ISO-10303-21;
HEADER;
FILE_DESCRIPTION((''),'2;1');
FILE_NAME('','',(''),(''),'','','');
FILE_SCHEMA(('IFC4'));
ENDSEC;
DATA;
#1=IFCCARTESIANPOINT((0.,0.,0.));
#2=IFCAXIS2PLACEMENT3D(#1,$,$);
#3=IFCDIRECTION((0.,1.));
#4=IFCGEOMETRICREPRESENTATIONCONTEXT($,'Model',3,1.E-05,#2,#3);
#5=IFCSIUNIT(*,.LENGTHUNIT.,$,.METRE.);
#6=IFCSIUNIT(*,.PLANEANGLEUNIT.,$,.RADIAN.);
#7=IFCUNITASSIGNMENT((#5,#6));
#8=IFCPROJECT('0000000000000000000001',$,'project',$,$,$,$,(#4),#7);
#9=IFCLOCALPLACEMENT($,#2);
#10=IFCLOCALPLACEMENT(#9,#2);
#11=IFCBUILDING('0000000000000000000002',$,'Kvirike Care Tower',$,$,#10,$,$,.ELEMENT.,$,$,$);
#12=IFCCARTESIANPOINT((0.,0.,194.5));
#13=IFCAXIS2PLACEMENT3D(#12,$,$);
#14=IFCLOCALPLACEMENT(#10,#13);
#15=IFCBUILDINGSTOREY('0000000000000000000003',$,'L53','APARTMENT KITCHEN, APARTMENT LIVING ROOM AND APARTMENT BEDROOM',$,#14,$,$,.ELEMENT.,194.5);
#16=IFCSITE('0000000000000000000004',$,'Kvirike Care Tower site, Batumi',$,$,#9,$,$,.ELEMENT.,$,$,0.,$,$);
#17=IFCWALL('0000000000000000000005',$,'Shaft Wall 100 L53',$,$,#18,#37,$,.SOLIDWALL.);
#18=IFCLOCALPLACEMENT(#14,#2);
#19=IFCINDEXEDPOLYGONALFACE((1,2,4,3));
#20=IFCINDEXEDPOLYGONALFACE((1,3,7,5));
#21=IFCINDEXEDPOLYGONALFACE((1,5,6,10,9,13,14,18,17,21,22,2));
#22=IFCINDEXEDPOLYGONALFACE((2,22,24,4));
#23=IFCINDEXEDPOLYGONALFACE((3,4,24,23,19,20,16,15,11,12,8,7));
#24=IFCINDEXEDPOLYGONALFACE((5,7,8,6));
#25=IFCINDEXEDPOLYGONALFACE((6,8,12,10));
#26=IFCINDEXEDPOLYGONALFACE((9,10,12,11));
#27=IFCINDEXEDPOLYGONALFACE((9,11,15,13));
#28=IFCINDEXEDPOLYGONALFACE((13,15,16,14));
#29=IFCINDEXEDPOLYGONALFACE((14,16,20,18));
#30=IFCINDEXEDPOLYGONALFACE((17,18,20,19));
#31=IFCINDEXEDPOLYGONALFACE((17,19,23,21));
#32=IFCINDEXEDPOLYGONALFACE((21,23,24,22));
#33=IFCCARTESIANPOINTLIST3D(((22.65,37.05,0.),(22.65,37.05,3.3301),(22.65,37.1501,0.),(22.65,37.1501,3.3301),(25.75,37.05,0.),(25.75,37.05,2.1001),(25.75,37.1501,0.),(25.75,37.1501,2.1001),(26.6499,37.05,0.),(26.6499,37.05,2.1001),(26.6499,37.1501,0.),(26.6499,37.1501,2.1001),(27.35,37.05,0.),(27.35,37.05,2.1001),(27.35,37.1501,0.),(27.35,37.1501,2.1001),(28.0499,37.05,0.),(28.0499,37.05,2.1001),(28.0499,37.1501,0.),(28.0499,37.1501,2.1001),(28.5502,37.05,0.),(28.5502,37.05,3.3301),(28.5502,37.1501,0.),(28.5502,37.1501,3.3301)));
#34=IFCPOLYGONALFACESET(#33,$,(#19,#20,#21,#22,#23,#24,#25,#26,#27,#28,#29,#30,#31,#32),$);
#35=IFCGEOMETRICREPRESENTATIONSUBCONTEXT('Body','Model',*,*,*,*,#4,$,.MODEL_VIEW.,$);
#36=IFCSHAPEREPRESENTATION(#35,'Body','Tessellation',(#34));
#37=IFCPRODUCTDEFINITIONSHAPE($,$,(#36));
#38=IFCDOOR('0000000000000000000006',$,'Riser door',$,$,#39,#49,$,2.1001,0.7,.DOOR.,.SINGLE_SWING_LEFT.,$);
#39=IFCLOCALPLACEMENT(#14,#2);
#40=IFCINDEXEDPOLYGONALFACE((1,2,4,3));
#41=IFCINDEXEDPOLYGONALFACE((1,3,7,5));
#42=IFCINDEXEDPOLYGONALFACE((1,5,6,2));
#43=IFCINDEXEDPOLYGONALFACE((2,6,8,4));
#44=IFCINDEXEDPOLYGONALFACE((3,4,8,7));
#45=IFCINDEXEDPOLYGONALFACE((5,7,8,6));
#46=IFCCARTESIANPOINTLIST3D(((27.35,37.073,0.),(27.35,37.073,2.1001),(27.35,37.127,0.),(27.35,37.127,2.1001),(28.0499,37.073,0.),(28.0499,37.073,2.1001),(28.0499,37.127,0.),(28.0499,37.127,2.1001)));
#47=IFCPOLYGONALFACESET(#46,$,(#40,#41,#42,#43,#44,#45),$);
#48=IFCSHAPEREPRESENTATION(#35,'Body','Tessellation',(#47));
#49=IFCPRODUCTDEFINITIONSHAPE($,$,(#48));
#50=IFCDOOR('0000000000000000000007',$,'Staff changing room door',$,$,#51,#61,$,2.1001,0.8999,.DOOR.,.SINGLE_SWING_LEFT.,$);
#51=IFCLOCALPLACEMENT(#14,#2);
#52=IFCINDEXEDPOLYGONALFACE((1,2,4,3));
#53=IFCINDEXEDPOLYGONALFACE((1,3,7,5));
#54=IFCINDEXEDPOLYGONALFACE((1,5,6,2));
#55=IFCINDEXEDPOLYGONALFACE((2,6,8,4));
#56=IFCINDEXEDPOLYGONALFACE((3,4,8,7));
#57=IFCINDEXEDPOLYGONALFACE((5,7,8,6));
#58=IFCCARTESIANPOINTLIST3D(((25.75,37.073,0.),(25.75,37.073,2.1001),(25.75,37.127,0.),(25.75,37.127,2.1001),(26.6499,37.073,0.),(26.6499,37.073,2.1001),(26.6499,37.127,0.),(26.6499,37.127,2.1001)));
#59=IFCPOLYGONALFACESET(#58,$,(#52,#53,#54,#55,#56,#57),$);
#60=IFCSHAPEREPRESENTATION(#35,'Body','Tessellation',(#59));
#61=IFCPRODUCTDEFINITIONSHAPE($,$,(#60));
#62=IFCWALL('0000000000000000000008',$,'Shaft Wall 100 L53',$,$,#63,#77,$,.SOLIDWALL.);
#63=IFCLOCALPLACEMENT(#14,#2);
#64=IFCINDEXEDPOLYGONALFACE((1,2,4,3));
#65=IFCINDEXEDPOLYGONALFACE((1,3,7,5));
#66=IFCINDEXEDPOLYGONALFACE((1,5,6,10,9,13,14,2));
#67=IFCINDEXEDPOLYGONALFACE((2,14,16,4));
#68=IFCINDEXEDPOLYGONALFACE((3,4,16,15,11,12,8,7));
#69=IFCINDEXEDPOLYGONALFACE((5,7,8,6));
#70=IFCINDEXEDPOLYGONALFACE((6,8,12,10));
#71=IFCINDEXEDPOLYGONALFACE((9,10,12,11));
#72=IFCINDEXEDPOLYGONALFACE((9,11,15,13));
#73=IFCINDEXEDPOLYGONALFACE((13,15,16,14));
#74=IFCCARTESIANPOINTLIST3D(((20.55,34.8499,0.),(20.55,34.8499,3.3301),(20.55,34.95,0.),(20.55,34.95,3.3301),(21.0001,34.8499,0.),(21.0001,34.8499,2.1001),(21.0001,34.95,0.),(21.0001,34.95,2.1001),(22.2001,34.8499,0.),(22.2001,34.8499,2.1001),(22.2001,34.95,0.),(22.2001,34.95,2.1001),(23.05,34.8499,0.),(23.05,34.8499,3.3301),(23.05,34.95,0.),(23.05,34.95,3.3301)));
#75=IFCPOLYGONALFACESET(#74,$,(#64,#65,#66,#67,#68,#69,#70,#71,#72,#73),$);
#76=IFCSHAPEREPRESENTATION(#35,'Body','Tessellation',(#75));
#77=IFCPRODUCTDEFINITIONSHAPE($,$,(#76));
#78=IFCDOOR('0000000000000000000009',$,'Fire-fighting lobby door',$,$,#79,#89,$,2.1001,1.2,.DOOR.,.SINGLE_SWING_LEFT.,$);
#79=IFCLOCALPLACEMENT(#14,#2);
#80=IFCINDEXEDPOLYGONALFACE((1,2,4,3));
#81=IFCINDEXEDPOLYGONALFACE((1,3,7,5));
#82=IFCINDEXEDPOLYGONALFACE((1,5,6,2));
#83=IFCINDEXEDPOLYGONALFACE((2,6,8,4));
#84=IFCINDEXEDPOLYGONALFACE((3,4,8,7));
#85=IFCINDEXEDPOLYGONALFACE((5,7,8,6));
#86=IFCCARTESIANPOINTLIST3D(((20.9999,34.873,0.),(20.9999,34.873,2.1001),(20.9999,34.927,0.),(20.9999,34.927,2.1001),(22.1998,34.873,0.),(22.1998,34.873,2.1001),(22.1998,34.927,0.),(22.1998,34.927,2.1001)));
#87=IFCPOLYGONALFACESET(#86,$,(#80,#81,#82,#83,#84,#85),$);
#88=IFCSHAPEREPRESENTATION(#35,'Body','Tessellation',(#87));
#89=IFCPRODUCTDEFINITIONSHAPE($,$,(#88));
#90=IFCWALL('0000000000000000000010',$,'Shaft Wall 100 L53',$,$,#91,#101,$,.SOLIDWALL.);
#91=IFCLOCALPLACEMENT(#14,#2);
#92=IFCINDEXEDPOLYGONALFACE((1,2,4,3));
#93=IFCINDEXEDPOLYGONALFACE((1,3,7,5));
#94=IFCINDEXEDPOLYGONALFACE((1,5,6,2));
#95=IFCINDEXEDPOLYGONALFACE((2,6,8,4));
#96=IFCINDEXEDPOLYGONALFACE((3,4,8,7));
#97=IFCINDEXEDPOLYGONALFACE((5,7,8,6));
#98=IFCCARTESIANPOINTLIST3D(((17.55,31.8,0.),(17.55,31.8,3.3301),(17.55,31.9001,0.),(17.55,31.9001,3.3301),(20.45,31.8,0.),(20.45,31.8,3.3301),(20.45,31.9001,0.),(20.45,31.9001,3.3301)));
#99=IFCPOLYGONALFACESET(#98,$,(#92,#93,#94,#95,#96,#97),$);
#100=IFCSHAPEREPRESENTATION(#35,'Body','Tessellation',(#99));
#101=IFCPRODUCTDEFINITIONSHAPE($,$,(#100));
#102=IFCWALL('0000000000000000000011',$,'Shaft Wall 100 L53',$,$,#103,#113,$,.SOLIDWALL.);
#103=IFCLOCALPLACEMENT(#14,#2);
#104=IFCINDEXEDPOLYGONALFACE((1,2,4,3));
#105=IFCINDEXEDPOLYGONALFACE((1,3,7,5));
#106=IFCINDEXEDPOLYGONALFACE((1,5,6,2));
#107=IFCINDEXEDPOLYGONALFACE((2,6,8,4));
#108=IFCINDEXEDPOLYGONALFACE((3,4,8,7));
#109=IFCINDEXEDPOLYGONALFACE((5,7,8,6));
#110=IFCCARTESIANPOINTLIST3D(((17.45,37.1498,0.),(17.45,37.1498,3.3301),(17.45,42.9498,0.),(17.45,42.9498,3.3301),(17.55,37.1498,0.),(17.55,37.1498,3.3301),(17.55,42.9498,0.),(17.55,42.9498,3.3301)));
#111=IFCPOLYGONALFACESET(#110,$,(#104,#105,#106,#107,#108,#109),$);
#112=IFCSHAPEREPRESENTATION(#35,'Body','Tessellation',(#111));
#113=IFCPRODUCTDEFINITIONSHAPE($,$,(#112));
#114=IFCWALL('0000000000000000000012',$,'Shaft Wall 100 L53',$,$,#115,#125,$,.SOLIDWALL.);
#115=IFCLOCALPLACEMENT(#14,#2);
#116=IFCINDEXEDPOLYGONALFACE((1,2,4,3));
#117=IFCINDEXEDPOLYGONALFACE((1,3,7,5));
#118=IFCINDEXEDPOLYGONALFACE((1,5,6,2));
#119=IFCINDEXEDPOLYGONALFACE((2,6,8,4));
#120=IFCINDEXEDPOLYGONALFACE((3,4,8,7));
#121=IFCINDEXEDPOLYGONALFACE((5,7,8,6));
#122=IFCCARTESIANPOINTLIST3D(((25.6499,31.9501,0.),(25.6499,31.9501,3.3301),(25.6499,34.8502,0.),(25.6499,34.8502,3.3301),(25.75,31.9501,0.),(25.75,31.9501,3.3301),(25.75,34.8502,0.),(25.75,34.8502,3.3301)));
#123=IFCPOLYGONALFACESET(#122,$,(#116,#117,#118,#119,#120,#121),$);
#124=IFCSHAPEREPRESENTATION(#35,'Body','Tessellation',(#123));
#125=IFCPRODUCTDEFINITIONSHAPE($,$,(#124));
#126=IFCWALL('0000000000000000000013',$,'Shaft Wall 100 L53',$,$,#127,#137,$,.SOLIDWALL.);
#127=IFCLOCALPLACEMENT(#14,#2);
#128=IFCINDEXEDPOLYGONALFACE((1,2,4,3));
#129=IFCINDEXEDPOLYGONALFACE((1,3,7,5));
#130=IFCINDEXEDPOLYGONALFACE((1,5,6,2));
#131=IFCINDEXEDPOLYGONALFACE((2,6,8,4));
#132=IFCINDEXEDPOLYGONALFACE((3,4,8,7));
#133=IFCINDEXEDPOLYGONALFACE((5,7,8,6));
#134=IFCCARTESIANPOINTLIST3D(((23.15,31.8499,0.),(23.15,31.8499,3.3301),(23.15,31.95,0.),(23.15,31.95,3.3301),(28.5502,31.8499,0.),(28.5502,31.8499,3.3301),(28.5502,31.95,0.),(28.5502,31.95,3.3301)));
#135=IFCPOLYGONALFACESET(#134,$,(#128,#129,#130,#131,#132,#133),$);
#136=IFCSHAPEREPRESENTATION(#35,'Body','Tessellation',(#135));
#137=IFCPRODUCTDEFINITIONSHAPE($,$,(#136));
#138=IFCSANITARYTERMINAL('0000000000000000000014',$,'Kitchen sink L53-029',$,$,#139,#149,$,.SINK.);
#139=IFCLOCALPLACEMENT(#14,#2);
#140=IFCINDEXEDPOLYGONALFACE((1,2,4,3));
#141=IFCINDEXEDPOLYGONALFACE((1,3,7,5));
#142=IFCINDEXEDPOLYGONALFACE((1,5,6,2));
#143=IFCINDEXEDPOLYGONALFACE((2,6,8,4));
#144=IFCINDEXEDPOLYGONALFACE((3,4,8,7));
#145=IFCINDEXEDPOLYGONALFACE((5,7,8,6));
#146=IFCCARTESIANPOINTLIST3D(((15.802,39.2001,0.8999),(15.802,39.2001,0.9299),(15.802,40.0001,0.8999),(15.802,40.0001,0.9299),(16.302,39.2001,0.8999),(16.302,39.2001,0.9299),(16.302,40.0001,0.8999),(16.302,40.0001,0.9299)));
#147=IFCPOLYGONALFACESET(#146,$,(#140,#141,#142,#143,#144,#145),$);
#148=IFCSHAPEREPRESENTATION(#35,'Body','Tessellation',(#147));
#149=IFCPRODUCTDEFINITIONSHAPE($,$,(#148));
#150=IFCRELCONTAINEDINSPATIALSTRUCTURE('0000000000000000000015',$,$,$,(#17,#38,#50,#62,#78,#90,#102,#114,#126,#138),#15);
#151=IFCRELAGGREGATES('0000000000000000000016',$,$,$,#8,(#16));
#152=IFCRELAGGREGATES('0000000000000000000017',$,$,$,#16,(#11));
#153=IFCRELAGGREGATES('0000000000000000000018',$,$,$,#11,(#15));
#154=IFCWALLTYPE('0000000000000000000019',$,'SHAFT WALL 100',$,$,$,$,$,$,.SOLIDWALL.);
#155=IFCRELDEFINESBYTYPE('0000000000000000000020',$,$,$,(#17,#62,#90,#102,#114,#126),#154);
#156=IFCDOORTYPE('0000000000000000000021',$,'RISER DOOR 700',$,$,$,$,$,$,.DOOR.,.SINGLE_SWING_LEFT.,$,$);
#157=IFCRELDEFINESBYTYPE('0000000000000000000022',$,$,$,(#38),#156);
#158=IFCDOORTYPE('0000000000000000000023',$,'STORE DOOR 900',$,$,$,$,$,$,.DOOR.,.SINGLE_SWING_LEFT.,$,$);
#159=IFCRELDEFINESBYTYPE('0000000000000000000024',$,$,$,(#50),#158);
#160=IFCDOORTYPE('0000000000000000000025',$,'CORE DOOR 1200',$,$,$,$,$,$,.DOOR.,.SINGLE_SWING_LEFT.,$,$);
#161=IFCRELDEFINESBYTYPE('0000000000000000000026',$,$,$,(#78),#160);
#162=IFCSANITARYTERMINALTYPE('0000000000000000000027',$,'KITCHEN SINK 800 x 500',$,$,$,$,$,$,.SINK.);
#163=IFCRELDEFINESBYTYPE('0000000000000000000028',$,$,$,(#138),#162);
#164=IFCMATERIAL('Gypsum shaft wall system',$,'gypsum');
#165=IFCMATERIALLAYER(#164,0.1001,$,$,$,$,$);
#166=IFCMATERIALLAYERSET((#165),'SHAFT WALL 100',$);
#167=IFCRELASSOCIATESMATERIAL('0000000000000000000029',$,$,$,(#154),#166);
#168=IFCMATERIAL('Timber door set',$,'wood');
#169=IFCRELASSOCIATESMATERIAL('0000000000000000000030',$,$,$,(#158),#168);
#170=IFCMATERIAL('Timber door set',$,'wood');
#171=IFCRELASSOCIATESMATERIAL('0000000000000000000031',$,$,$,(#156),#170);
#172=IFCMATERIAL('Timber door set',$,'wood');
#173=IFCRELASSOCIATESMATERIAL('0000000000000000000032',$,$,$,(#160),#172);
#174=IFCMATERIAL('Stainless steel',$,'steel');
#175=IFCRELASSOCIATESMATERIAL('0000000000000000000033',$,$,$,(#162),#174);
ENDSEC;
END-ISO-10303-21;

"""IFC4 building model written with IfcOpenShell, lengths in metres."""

from ifc_helpers import new_model, si_unit, direction, frame, frame_2d, origin, origin_2d, place, context, subcontext, project, spatial, rectangle, extrude, material, layer, layer_set, type_object, element, fill, save


model = new_model("IFC4")

# Units and contexts
model_context = context("Model", 3, precision=1e-05, world=origin(), true_north=direction((0.0, 1.0)))
body_context = subcontext(model_context, "Body", "Model", "MODEL_VIEW")
ifc_project = project(units=[si_unit("LENGTHUNIT", "METRE"), si_unit("PLANEANGLEUNIT", "RADIAN")], contexts=[model_context])

# Site, building, storey
site_placement = place(None, origin())
site = spatial("IfcSite", under=ifc_project, at=site_placement, Name="Kvirike Care Tower site, Batumi", CompositionType="ELEMENT", RefElevation=0.0)
building_placement = place(site_placement, origin())
building = spatial("IfcBuilding", under=site, at=building_placement, Name="Kvirike Care Tower", CompositionType="ELEMENT")
storey_placement = place(building_placement, frame((0.0, 0.0, 194.5)))
storey = spatial("IfcBuildingStorey", under=building, at=storey_placement, Name="L53", Description="APARTMENT KITCHEN, APARTMENT LIVING ROOM AND APARTMENT BEDROOM", CompositionType="ELEMENT", Elevation=194.5)

# Shared definitions
ifc_material_1 = material(Name="Gypsum shaft wall system", Category="gypsum")
ifc_layer = layer(ifc_material_1, 0.1001)
ifc_layer_set = layer_set([ifc_layer], Name="SHAFT WALL 100")
wall_type = type_object("IfcWallType", Name="SHAFT WALL 100", PredefinedType="SOLIDWALL", material=ifc_layer_set)

# Shared definitions
ifc_material_2 = material(Name="Timber door set", Category="wood")
door_type_1 = type_object("IfcDoorType", Name="STORE DOOR 900", OperationType="SINGLE_SWING_LEFT", PredefinedType="DOOR", material=ifc_material_2)

# Wall, openings, doors
wall_1_placement = place(storey_placement, frame((22.6499, 37.1001, 0.0), z_axis=(0.0, 0.0, 1.0), x_axis=(1.0, 0.0, 0.0)))
wall_1 = element("IfcWall", 1, at=wall_1_placement, inside=storey, type_object=wall_type, Name="Shaft Wall 100 L53", PredefinedType="SOLIDWALL", context=body_context, shape_type="SweptSolid", body=[
    extrude(rectangle(XDim=5.9001, YDim=0.1001, at=frame_2d((2.9502, 0.0))), origin(), (0.0, 0.0, 1.0), 3.3301),
])
opening_1_placement = place(wall_1_placement, frame((3.1001, 0.0, 0.0)))
opening_1 = element("IfcOpeningElement", 2, at=opening_1_placement, cuts=wall_1, PredefinedType="OPENING", context=body_context, shape_type="SweptSolid", body=[
    extrude(rectangle(XDim=0.8999, YDim=2.1001, at=frame_2d((0.45, 1.05))), frame((0.0, 0.0605, 0.0), z_axis=(0.0, -1.0, 0.0), x_axis=(1.0, 0.0, 0.0)), (0.0, 0.0, 1.0), 0.1211),
])
opening_2_placement = place(wall_1_placement, frame((4.7, 0.0, 0.0)))
opening_2 = element("IfcOpeningElement", 3, at=opening_2_placement, cuts=wall_1, PredefinedType="OPENING", context=body_context, shape_type="SweptSolid", body=[
    extrude(rectangle(XDim=0.7, YDim=2.1001, at=frame_2d((0.3501, 1.05))), frame((0.0, 0.0605, 0.0), z_axis=(0.0, -1.0, 0.0), x_axis=(1.0, 0.0, 0.0)), (0.0, 0.0, 1.0), 0.1211),
])
ifc_material_3 = material(Name="Timber door set", Category="wood")
door_type_2 = type_object("IfcDoorType", Name="RISER DOOR 700", OperationType="SINGLE_SWING_LEFT", PredefinedType="DOOR", material=ifc_material_3)
door_1_placement = place(opening_2_placement, origin())
door_1 = element("IfcDoor", 4, at=door_1_placement, inside=storey, type_object=door_type_2, Name="Riser door", OperationType="SINGLE_SWING_LEFT", OverallHeight=2.1001, OverallWidth=0.7, PredefinedType="DOOR", context=body_context, shape_type="SweptSolid", body=[
    extrude(rectangle(XDim=0.7, YDim=2.1001, at=frame_2d((0.3501, 1.05))), frame((0.0, 0.0269, 0.0), z_axis=(0.0, -1.0, 0.0), x_axis=(1.0, 0.0, 0.0)), (0.0, 0.0, 1.0), 0.054),
])
fill(opening_2, door_1)
door_2_placement = place(opening_1_placement, origin())
door_2 = element("IfcDoor", 5, at=door_2_placement, inside=storey, type_object=door_type_1, Name="Staff changing room door", OperationType="SINGLE_SWING_LEFT", OverallHeight=2.1001, OverallWidth=0.8999, PredefinedType="DOOR", context=body_context, shape_type="SweptSolid", body=[
    extrude(rectangle(XDim=0.8999, YDim=2.1001, at=frame_2d((0.45, 1.05))), frame((0.0, 0.0269, 0.0), z_axis=(0.0, -1.0, 0.0), x_axis=(1.0, 0.0, 0.0)), (0.0, 0.0, 1.0), 0.054),
])
fill(opening_1, door_2)

# Wall, opening, door
wall_2_placement = place(storey_placement, frame((20.55, 34.8999, 0.0), z_axis=(0.0, 0.0, 1.0), x_axis=(1.0, 0.0, 0.0)))
wall_2 = element("IfcWall", 6, at=wall_2_placement, inside=storey, type_object=wall_type, Name="Shaft Wall 100 L53", PredefinedType="SOLIDWALL", context=body_context, shape_type="SweptSolid", body=[
    extrude(rectangle(XDim=2.5, YDim=0.1001, at=frame_2d((1.25, 0.0))), origin(), (0.0, 0.0, 1.0), 3.3301),
])
opening_3_placement = place(wall_2_placement, frame((0.45, 0.0, 0.0)))
opening_3 = element("IfcOpeningElement", 7, at=opening_3_placement, cuts=wall_2, PredefinedType="OPENING", context=body_context, shape_type="SweptSolid", body=[
    extrude(rectangle(XDim=1.2, YDim=2.1001, at=frame_2d((0.6001, 1.05))), frame((0.0, 0.0605, 0.0), z_axis=(0.0, -1.0, 0.0), x_axis=(1.0, 0.0, 0.0)), (0.0, 0.0, 1.0), 0.1211),
])
ifc_material_4 = material(Name="Timber door set", Category="wood")
door_type_3 = type_object("IfcDoorType", Name="CORE DOOR 1200", OperationType="SINGLE_SWING_LEFT", PredefinedType="DOOR", material=ifc_material_4)
door_3_placement = place(opening_3_placement, frame((1.2, 0.0, 0.0), z_axis=(0.0, 0.0, 1.0), x_axis=(-1.0, 0.0, 0.0)))
door_3 = element("IfcDoor", 8, at=door_3_placement, inside=storey, type_object=door_type_3, Name="Fire-fighting lobby door", OperationType="SINGLE_SWING_LEFT", OverallHeight=2.1001, OverallWidth=1.2, PredefinedType="DOOR", context=body_context, shape_type="SweptSolid", body=[
    extrude(rectangle(XDim=1.2, YDim=2.1001, at=frame_2d((0.6001, 1.05))), frame((0.0, 0.0269, 0.0), z_axis=(0.0, -1.0, 0.0), x_axis=(1.0, 0.0, 0.0)), (0.0, 0.0, 1.0), 0.054),
])
fill(opening_3, door_3)

# Walls
wall_3_placement = place(storey_placement, frame((17.55, 31.8501, 0.0), z_axis=(0.0, 0.0, 1.0), x_axis=(1.0, 0.0, 0.0)))
element("IfcWall", 9, at=wall_3_placement, inside=storey, type_object=wall_type, Name="Shaft Wall 100 L53", PredefinedType="SOLIDWALL", context=body_context, shape_type="SweptSolid", body=[
    extrude(rectangle(XDim=2.8999, YDim=0.1001, at=frame_2d((1.45, 0.0))), origin(), (0.0, 0.0, 1.0), 3.3301),
])
wall_4_placement = place(storey_placement, frame((17.5, 37.1499, 0.0), z_axis=(0.0, 0.0, 1.0), x_axis=(0.0, 1.0, 0.0)))
element("IfcWall", 10, at=wall_4_placement, inside=storey, type_object=wall_type, Name="Shaft Wall 100 L53", PredefinedType="SOLIDWALL", context=body_context, shape_type="SweptSolid", body=[
    extrude(rectangle(XDim=5.8, YDim=0.1001, at=frame_2d((2.8999, 0.0))), origin(), (0.0, 0.0, 1.0), 3.3301),
])
wall_5_placement = place(storey_placement, frame((25.7, 31.95, 0.0), z_axis=(0.0, 0.0, 1.0), x_axis=(0.0, 1.0, 0.0)))
element("IfcWall", 11, at=wall_5_placement, inside=storey, type_object=wall_type, Name="Shaft Wall 100 L53", PredefinedType="SOLIDWALL", context=body_context, shape_type="SweptSolid", body=[
    extrude(rectangle(XDim=2.9001, YDim=0.1001, at=frame_2d((1.4502, 0.0))), origin(), (0.0, 0.0, 1.0), 3.3301),
])
wall_6_placement = place(storey_placement, frame((23.1499, 31.8999, 0.0), z_axis=(0.0, 0.0, 1.0), x_axis=(1.0, 0.0, 0.0)))
element("IfcWall", 12, at=wall_6_placement, inside=storey, type_object=wall_type, Name="Shaft Wall 100 L53", PredefinedType="SOLIDWALL", context=body_context, shape_type="SweptSolid", body=[
    extrude(rectangle(XDim=5.4001, YDim=0.1001, at=frame_2d((2.7002, 0.0))), origin(), (0.0, 0.0, 1.0), 3.3301),
])

# Sanitary terminal
ifc_material_5 = material(Name="Stainless steel", Category="steel")
sanitary_terminal_type = type_object("IfcSanitaryTerminalType", Name="KITCHEN SINK 800 x 500", PredefinedType="SINK", material=ifc_material_5)
sanitary_terminal_placement = place(storey_placement, frame((16.052, 39.6001, 0.8999), z_axis=(0.0, 0.0, 1.0), x_axis=(0.0, 1.0, 0.0)))
element("IfcSanitaryTerminal", 13, at=sanitary_terminal_placement, inside=storey, type_object=sanitary_terminal_type, Name="Kitchen sink L53-029", PredefinedType="SINK", context=body_context, shape_type="SweptSolid", body=[
    extrude(rectangle(XDim=0.8, YDim=0.5, at=origin_2d()), origin(), (0.0, 0.0, 1.0), 0.03),
])

save(model, "model.ifc")
